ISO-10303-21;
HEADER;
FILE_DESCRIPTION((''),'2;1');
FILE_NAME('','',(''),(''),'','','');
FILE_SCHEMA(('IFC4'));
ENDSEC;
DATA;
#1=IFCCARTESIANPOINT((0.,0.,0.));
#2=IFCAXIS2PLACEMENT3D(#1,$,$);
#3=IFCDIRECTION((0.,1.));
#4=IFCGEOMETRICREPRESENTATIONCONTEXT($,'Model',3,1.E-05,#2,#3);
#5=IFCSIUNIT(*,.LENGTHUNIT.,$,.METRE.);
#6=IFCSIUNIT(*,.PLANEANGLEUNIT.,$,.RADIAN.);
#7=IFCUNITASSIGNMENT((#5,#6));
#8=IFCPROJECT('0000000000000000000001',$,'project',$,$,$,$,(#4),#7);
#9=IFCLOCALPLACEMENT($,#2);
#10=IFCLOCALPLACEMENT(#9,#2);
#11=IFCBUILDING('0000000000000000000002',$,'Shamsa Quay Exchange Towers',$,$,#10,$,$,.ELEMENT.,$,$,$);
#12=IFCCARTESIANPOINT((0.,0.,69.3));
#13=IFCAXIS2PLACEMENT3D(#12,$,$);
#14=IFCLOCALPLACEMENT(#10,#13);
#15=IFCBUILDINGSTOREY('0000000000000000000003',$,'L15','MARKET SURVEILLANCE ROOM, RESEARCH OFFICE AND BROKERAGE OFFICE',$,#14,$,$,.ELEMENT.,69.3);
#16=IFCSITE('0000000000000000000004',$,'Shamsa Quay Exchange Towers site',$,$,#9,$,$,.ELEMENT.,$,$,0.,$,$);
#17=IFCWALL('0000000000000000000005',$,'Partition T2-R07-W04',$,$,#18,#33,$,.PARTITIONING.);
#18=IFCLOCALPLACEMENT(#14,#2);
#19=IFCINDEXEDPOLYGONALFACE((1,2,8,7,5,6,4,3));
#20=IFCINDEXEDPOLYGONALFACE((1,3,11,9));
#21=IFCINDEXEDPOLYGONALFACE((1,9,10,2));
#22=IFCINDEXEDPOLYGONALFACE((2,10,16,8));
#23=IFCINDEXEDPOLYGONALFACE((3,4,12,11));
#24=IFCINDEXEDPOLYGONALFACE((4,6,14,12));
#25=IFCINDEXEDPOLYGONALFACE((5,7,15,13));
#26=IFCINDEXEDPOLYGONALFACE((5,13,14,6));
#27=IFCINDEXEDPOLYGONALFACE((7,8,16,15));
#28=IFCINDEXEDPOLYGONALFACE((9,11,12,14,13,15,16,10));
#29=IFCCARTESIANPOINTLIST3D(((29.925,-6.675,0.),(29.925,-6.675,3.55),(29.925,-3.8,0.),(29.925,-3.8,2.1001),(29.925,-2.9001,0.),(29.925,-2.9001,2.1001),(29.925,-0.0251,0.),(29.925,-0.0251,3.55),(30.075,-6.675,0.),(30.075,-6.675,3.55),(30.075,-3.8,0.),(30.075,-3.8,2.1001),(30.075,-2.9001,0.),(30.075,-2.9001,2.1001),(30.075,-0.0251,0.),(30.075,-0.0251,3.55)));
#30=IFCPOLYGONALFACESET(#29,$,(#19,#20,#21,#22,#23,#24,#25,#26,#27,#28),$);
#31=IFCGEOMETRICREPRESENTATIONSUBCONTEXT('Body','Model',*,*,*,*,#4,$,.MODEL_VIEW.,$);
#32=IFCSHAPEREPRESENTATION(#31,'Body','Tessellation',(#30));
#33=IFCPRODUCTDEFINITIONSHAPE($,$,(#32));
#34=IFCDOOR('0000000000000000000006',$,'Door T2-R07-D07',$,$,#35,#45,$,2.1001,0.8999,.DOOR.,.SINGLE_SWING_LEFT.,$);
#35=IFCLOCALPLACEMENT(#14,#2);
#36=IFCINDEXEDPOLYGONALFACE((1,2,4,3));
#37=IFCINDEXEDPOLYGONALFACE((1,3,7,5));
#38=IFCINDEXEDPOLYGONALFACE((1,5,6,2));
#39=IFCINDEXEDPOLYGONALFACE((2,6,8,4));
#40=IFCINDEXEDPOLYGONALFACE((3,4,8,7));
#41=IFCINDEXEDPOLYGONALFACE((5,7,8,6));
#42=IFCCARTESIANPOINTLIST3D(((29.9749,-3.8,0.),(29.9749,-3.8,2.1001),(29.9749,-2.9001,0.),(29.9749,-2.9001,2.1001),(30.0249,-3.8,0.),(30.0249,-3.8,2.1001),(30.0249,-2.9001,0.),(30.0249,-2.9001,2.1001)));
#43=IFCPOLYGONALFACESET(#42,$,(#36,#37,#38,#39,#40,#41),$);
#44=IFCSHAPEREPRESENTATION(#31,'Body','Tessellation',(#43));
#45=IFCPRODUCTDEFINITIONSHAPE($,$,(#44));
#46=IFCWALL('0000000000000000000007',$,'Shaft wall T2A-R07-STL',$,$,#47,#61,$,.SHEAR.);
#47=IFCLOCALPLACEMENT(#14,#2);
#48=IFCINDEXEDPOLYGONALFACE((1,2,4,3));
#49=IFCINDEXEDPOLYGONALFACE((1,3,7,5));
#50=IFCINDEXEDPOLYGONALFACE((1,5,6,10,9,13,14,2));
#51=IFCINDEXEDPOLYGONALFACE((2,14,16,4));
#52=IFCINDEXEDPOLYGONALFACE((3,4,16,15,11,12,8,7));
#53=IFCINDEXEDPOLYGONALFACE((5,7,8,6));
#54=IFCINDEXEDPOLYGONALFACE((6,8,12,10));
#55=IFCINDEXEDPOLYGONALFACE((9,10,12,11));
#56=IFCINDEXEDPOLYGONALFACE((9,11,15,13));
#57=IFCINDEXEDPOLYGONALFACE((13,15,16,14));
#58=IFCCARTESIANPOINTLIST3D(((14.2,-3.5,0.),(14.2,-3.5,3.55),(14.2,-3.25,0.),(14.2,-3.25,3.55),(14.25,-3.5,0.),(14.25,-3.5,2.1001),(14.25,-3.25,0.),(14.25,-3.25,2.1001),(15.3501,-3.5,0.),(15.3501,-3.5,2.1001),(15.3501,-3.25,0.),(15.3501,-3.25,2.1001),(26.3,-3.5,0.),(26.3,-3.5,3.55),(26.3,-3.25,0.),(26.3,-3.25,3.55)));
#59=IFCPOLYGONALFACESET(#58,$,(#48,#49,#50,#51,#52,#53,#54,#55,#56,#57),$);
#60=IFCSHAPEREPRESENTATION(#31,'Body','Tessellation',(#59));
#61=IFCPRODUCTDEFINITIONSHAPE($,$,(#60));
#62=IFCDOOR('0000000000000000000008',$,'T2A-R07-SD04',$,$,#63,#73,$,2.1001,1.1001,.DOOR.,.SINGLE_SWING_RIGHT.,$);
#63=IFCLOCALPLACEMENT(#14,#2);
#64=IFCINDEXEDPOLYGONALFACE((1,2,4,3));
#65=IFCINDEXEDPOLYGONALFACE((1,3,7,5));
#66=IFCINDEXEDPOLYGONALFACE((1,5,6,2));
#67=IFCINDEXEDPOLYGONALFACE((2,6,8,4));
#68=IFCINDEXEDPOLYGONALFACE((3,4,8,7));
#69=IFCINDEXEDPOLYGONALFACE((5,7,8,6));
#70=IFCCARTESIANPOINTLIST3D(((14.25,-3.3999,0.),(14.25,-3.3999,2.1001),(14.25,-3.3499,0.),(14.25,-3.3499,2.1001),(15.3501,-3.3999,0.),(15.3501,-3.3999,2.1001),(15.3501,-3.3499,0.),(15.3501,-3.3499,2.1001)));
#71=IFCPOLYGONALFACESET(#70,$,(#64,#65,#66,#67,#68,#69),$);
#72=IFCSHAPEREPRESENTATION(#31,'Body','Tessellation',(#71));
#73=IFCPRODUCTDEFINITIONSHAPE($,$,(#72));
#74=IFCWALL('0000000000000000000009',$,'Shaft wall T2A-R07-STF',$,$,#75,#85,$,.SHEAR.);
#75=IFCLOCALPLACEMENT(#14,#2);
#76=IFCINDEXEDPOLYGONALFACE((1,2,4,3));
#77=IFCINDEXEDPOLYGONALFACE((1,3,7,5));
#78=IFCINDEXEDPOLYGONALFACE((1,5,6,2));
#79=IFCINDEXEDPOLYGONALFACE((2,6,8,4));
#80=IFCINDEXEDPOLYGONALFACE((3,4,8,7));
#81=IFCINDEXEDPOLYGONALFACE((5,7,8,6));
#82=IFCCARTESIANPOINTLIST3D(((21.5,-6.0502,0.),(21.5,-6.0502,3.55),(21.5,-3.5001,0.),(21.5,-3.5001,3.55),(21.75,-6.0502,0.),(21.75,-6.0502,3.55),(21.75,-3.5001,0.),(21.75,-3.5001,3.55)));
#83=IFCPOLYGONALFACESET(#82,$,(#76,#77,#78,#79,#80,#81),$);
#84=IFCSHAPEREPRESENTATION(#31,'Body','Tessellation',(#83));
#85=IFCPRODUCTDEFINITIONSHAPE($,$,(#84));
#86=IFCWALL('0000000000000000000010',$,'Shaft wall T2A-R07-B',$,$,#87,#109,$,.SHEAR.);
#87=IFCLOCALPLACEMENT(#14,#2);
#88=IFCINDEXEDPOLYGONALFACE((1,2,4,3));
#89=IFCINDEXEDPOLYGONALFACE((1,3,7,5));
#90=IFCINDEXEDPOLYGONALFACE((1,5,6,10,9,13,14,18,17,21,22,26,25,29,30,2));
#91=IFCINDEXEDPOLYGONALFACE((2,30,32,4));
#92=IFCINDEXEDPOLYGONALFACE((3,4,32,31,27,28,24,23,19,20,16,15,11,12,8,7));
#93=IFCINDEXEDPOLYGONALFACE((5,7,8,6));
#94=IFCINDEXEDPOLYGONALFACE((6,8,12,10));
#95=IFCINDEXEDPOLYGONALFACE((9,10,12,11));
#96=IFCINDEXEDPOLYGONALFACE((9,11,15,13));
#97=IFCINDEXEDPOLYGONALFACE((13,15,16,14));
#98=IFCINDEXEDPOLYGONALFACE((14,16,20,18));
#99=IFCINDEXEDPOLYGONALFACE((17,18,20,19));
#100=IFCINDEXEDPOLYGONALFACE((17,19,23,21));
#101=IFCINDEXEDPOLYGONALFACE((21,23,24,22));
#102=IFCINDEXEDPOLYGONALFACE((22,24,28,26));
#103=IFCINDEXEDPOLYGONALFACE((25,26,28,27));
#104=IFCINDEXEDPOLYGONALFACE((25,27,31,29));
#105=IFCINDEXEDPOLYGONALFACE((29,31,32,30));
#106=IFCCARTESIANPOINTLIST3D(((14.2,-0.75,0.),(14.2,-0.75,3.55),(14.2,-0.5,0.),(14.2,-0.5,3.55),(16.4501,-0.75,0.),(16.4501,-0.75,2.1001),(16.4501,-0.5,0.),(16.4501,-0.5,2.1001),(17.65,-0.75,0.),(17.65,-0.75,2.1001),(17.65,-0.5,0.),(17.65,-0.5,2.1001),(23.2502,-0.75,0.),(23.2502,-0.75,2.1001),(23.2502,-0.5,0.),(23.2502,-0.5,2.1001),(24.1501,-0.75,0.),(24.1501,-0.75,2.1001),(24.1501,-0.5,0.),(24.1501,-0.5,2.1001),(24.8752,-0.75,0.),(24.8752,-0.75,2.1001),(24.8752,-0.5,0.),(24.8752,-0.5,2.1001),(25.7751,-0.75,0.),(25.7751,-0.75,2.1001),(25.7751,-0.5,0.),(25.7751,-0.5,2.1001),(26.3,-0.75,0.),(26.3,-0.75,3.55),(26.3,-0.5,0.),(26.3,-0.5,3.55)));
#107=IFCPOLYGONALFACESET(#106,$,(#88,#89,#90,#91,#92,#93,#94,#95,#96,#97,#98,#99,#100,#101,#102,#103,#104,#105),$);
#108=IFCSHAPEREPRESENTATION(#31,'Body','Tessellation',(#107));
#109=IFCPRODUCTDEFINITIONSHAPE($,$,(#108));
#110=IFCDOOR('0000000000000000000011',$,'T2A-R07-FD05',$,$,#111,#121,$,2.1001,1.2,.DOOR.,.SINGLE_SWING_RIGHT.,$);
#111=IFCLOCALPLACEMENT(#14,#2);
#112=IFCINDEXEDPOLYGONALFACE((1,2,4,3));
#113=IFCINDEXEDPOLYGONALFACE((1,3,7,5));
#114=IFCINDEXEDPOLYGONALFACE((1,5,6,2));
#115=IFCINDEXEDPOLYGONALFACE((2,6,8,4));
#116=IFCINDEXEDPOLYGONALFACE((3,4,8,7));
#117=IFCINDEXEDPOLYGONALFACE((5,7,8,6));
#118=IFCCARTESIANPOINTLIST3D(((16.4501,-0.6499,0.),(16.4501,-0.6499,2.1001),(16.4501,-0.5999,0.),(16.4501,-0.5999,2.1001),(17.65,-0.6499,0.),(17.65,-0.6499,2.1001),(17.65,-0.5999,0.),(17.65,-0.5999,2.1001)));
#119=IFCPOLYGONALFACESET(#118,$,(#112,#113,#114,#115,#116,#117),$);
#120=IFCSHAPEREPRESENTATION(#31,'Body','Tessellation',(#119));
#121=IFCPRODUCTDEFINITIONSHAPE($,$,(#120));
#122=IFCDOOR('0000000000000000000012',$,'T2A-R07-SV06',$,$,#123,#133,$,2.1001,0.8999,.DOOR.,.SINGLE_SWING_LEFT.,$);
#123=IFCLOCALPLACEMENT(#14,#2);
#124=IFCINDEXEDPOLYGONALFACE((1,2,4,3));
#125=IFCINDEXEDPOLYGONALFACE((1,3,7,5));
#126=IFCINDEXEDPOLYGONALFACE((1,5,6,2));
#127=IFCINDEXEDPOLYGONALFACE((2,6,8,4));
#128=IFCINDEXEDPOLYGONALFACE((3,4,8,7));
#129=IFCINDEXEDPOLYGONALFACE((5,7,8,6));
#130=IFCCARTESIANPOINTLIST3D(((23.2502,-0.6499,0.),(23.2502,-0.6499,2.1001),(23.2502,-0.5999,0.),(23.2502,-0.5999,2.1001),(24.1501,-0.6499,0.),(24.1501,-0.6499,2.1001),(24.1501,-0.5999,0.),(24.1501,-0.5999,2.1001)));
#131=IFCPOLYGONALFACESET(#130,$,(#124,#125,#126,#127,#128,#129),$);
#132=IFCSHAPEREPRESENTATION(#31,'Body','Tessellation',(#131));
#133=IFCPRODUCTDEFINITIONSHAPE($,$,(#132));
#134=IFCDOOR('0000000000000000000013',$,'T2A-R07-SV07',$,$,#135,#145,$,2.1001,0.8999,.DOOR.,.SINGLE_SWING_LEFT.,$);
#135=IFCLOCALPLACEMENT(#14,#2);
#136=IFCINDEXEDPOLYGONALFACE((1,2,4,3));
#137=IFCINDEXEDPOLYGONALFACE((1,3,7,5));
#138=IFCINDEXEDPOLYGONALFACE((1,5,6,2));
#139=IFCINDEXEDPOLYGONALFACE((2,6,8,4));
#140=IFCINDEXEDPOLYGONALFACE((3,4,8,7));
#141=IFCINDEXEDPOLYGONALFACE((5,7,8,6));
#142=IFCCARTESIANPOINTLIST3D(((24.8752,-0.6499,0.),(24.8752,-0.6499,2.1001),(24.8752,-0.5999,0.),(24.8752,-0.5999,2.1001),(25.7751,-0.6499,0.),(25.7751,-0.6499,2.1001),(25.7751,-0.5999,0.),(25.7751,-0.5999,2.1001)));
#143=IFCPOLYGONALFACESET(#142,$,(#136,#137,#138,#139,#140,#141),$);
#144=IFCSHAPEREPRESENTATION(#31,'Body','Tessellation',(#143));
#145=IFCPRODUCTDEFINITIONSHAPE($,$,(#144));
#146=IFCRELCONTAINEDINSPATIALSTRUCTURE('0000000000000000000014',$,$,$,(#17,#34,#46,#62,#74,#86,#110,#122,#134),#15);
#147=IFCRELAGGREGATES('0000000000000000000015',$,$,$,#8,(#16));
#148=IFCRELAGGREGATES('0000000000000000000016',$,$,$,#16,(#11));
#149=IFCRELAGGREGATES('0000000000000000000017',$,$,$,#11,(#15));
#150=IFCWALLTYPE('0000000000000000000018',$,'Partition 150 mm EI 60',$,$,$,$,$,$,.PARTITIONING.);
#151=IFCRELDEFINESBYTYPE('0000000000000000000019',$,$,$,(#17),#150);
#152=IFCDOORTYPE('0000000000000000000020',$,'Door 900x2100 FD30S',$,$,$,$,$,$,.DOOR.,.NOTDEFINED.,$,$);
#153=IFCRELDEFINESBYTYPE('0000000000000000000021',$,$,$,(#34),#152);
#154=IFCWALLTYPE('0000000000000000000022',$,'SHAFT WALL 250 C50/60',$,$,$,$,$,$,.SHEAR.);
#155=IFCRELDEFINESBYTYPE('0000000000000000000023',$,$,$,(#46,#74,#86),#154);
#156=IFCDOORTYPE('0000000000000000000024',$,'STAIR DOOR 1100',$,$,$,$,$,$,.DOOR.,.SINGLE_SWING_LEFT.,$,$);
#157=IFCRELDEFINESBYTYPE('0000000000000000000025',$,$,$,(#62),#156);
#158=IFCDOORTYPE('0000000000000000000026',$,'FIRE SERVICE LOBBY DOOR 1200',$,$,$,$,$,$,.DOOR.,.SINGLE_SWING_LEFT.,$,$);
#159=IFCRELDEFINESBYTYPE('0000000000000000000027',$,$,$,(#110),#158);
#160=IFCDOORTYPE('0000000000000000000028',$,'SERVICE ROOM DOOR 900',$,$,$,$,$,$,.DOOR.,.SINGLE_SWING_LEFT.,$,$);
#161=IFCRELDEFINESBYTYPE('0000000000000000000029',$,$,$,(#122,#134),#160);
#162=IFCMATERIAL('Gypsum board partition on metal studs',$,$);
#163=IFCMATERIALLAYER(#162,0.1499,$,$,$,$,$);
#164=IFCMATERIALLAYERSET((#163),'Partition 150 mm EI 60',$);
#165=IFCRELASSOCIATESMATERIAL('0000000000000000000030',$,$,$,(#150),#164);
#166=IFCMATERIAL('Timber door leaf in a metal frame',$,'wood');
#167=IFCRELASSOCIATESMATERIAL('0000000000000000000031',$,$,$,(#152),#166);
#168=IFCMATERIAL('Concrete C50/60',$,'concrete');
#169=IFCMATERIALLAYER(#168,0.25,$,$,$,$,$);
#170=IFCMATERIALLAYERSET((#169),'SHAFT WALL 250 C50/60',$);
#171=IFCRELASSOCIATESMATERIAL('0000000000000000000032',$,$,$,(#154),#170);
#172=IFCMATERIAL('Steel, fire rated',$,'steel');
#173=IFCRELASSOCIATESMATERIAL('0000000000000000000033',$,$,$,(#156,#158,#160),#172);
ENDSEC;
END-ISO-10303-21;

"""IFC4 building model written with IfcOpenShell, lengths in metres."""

from ifc_helpers import new_model, si_unit, direction, frame, frame_2d, origin, place, context, subcontext, project, spatial, rectangle, extrude, material, layer, layer_set, type_object, element, fill, save


model = new_model("IFC4")

# Units and contexts
model_context = context("Model", 3, precision=1e-05, world=origin(), true_north=direction((0.0, 1.0)))
body_context = subcontext(model_context, "Body", "Model", "MODEL_VIEW")
ifc_project = project(units=[si_unit("LENGTHUNIT", "METRE"), si_unit("PLANEANGLEUNIT", "RADIAN")], contexts=[model_context])

# Site, building, storey
site_placement = place(None, origin())
site = spatial("IfcSite", under=ifc_project, at=site_placement, Name="Shamsa Quay Exchange Towers site", CompositionType="ELEMENT", RefElevation=0.0)
building_placement = place(site_placement, origin())
building = spatial("IfcBuilding", under=site, at=building_placement, Name="Shamsa Quay Exchange Towers", CompositionType="ELEMENT")
storey_placement = place(building_placement, frame((0.0, 0.0, 69.3)))
storey = spatial("IfcBuildingStorey", under=building, at=storey_placement, Name="L15", Description="MARKET SURVEILLANCE ROOM, RESEARCH OFFICE AND BROKERAGE OFFICE", CompositionType="ELEMENT", Elevation=69.3)

# Walls, openings, doors
ifc_material_1 = material(Name="Timber door leaf in a metal frame", Category="wood")
ifc_material_2 = material(Name="Gypsum board partition on metal studs")
ifc_layer_1 = layer(ifc_material_2, 0.1499)
ifc_layer_set_1 = layer_set([ifc_layer_1], Name="Partition 150 mm EI 60")
wall_type_1 = type_object("IfcWallType", Name="Partition 150 mm EI 60", PredefinedType="PARTITIONING", material=ifc_layer_set_1)
wall_1_placement = place(storey_placement, frame((30.0, -0.0251, 0.0), z_axis=(0.0, 0.0, 1.0), x_axis=(0.0, -1.0, 0.0)))
wall_1 = element("IfcWall", 1, at=wall_1_placement, inside=storey, type_object=wall_type_1, Name="Partition T2-R07-W04", PredefinedType="PARTITIONING", context=body_context, shape_type="SweptSolid", body=[
    extrude(rectangle(XDim=6.6499, YDim=0.1499, at=frame_2d((3.325, 0.0))), origin(), (0.0, 0.0, 1.0), 3.55),
])
opening_1_placement = place(wall_1_placement, frame((2.875, 0.0, 0.0)))
opening_1 = element("IfcOpeningElement", 2, at=opening_1_placement, cuts=wall_1, PredefinedType="OPENING", context=body_context, shape_type="SweptSolid", body=[
    extrude(rectangle(XDim=0.8999, YDim=2.1001, at=frame_2d((0.45, 1.05))), frame((0.0, 0.085, 0.0), z_axis=(0.0, -1.0, 0.0), x_axis=(1.0, 0.0, 0.0)), (0.0, 0.0, 1.0), 0.1699),
])
door_type_1 = type_object("IfcDoorType", Name="Door 900x2100 FD30S", OperationType="NOTDEFINED", PredefinedType="DOOR", material=ifc_material_1)
door_1_placement = place(opening_1_placement, origin())
door_1 = element("IfcDoor", 3, at=door_1_placement, inside=storey, type_object=door_type_1, Name="Door T2-R07-D07", OperationType="SINGLE_SWING_LEFT", OverallHeight=2.1001, OverallWidth=0.8999, PredefinedType="DOOR", context=body_context, shape_type="SweptSolid", body=[
    extrude(rectangle(XDim=0.8999, YDim=2.1001, at=frame_2d((0.45, 1.05))), frame((0.0, 0.0249, 0.0), z_axis=(0.0, -1.0, 0.0), x_axis=(1.0, 0.0, 0.0)), (0.0, 0.0, 1.0), 0.05),
])
fill(opening_1, door_1)
ifc_material_3 = material(Name="Concrete C50/60", Category="concrete")
ifc_layer_2 = layer(ifc_material_3, 0.25)
ifc_layer_set_2 = layer_set([ifc_layer_2], Name="SHAFT WALL 250 C50/60")
wall_type_2 = type_object("IfcWallType", Name="SHAFT WALL 250 C50/60", PredefinedType="SHEAR", material=ifc_layer_set_2)
wall_2_placement = place(storey_placement, frame((26.3, -3.375, 0.0), z_axis=(0.0, 0.0, 1.0), x_axis=(-1.0, 0.0, 0.0)))
wall_2 = element("IfcWall", 4, at=wall_2_placement, inside=storey, type_object=wall_type_2, Name="Shaft wall T2A-R07-STL", PredefinedType="SHEAR", context=body_context, shape_type="SweptSolid", body=[
    extrude(rectangle(XDim=12.1001, YDim=0.25, at=frame_2d((6.05, 0.0))), origin(), (0.0, 0.0, 1.0), 3.55),
])
opening_2_placement = place(wall_2_placement, frame((10.95, 0.0, 0.0)))
opening_2 = element("IfcOpeningElement", 5, at=opening_2_placement, cuts=wall_2, PredefinedType="OPENING", context=body_context, shape_type="SweptSolid", body=[
    extrude(rectangle(XDim=1.1001, YDim=2.1001, at=frame_2d((0.55, 1.05))), frame((0.0, 0.135, 0.0), z_axis=(0.0, -1.0, 0.0), x_axis=(1.0, 0.0, 0.0)), (0.0, 0.0, 1.0), 0.27),
])
ifc_material_4 = material(Name="Steel, fire rated", Category="steel")
door_type_2 = type_object("IfcDoorType", Name="STAIR DOOR 1100", OperationType="SINGLE_SWING_LEFT", PredefinedType="DOOR", material=ifc_material_4)
door_2_placement = place(opening_2_placement, origin())
door_2 = element("IfcDoor", 6, at=door_2_placement, inside=storey, type_object=door_type_2, Name="T2A-R07-SD04", OperationType="SINGLE_SWING_RIGHT", OverallHeight=2.1001, OverallWidth=1.1001, PredefinedType="DOOR", context=body_context, shape_type="SweptSolid", body=[
    extrude(rectangle(XDim=1.1001, YDim=2.1001, at=frame_2d((0.55, 1.05))), frame((0.0, 0.0249, 0.0), z_axis=(0.0, -1.0, 0.0), x_axis=(1.0, 0.0, 0.0)), (0.0, 0.0, 1.0), 0.05),
])
fill(opening_2, door_2)

# Wall
wall_3_placement = place(storey_placement, frame((21.625, -6.05, 0.0), z_axis=(0.0, 0.0, 1.0), x_axis=(0.0, 1.0, 0.0)))
element("IfcWall", 7, at=wall_3_placement, inside=storey, type_object=wall_type_2, Name="Shaft wall T2A-R07-STF", PredefinedType="SHEAR", context=body_context, shape_type="SweptSolid", body=[
    extrude(rectangle(XDim=2.55, YDim=0.25, at=frame_2d((1.2749, 0.0))), origin(), (0.0, 0.0, 1.0), 3.55),
])

# Wall, openings, doors
wall_4_placement = place(storey_placement, frame((26.3, -0.625, 0.0), z_axis=(0.0, 0.0, 1.0), x_axis=(-1.0, 0.0, 0.0)))
wall_4 = element("IfcWall", 8, at=wall_4_placement, inside=storey, type_object=wall_type_2, Name="Shaft wall T2A-R07-B", PredefinedType="SHEAR", context=body_context, shape_type="SweptSolid", body=[
    extrude(rectangle(XDim=12.1001, YDim=0.25, at=frame_2d((6.05, 0.0))), origin(), (0.0, 0.0, 1.0), 3.55),
])
opening_3_placement = place(wall_4_placement, frame((8.6499, 0.0, 0.0)))
opening_3 = element("IfcOpeningElement", 9, at=opening_3_placement, cuts=wall_4, PredefinedType="OPENING", context=body_context, shape_type="SweptSolid", body=[
    extrude(rectangle(XDim=1.2, YDim=2.1001, at=frame_2d((0.6001, 1.05))), frame((0.0, 0.135, 0.0), z_axis=(0.0, -1.0, 0.0), x_axis=(1.0, 0.0, 0.0)), (0.0, 0.0, 1.0), 0.27),
])
opening_4_placement = place(wall_4_placement, frame((2.1499, 0.0, 0.0)))
opening_4 = element("IfcOpeningElement", 10, at=opening_4_placement, cuts=wall_4, PredefinedType="OPENING", context=body_context, shape_type="SweptSolid", body=[
    extrude(rectangle(XDim=0.8999, YDim=2.1001, at=frame_2d((0.45, 1.05))), frame((0.0, 0.135, 0.0), z_axis=(0.0, -1.0, 0.0), x_axis=(1.0, 0.0, 0.0)), (0.0, 0.0, 1.0), 0.27),
])
opening_5_placement = place(wall_4_placement, frame((0.5249, 0.0, 0.0)))
opening_5 = element("IfcOpeningElement", 11, at=opening_5_placement, cuts=wall_4, PredefinedType="OPENING", context=body_context, shape_type="SweptSolid", body=[
    extrude(rectangle(XDim=0.8999, YDim=2.1001, at=frame_2d((0.45, 1.05))), frame((0.0, 0.135, 0.0), z_axis=(0.0, -1.0, 0.0), x_axis=(1.0, 0.0, 0.0)), (0.0, 0.0, 1.0), 0.27),
])
door_type_3 = type_object("IfcDoorType", Name="FIRE SERVICE LOBBY DOOR 1200", OperationType="SINGLE_SWING_LEFT", PredefinedType="DOOR", material=ifc_material_4)
door_3_placement = place(opening_3_placement, origin())
door_3 = element("IfcDoor", 12, at=door_3_placement, inside=storey, type_object=door_type_3, Name="T2A-R07-FD05", OperationType="SINGLE_SWING_RIGHT", OverallHeight=2.1001, OverallWidth=1.2, PredefinedType="DOOR", context=body_context, shape_type="SweptSolid", body=[
    extrude(rectangle(XDim=1.2, YDim=2.1001, at=frame_2d((0.6001, 1.05))), frame((0.0, 0.0249, 0.0), z_axis=(0.0, -1.0, 0.0), x_axis=(1.0, 0.0, 0.0)), (0.0, 0.0, 1.0), 0.05),
])
fill(opening_3, door_3)
door_type_4 = type_object("IfcDoorType", Name="SERVICE ROOM DOOR 900", OperationType="SINGLE_SWING_LEFT", PredefinedType="DOOR", material=ifc_material_4)
door_4_placement = place(opening_4_placement, origin())
door_4 = element("IfcDoor", 13, at=door_4_placement, inside=storey, type_object=door_type_4, Name="T2A-R07-SV06", OperationType="SINGLE_SWING_LEFT", OverallHeight=2.1001, OverallWidth=0.8999, PredefinedType="DOOR", context=body_context, shape_type="SweptSolid", body=[
    extrude(rectangle(XDim=0.8999, YDim=2.1001, at=frame_2d((0.45, 1.05))), frame((0.0, 0.0249, 0.0), z_axis=(0.0, -1.0, 0.0), x_axis=(1.0, 0.0, 0.0)), (0.0, 0.0, 1.0), 0.05),
])
fill(opening_4, door_4)
door_5_placement = place(opening_5_placement, origin())
door_5 = element("IfcDoor", 14, at=door_5_placement, inside=storey, type_object=door_type_4, Name="T2A-R07-SV07", OperationType="SINGLE_SWING_LEFT", OverallHeight=2.1001, OverallWidth=0.8999, PredefinedType="DOOR", context=body_context, shape_type="SweptSolid", body=[
    extrude(rectangle(XDim=0.8999, YDim=2.1001, at=frame_2d((0.45, 1.05))), frame((0.0, 0.0249, 0.0), z_axis=(0.0, -1.0, 0.0), x_axis=(1.0, 0.0, 0.0)), (0.0, 0.0, 1.0), 0.05),
])
fill(opening_5, door_5)

save(model, "model.ifc")
